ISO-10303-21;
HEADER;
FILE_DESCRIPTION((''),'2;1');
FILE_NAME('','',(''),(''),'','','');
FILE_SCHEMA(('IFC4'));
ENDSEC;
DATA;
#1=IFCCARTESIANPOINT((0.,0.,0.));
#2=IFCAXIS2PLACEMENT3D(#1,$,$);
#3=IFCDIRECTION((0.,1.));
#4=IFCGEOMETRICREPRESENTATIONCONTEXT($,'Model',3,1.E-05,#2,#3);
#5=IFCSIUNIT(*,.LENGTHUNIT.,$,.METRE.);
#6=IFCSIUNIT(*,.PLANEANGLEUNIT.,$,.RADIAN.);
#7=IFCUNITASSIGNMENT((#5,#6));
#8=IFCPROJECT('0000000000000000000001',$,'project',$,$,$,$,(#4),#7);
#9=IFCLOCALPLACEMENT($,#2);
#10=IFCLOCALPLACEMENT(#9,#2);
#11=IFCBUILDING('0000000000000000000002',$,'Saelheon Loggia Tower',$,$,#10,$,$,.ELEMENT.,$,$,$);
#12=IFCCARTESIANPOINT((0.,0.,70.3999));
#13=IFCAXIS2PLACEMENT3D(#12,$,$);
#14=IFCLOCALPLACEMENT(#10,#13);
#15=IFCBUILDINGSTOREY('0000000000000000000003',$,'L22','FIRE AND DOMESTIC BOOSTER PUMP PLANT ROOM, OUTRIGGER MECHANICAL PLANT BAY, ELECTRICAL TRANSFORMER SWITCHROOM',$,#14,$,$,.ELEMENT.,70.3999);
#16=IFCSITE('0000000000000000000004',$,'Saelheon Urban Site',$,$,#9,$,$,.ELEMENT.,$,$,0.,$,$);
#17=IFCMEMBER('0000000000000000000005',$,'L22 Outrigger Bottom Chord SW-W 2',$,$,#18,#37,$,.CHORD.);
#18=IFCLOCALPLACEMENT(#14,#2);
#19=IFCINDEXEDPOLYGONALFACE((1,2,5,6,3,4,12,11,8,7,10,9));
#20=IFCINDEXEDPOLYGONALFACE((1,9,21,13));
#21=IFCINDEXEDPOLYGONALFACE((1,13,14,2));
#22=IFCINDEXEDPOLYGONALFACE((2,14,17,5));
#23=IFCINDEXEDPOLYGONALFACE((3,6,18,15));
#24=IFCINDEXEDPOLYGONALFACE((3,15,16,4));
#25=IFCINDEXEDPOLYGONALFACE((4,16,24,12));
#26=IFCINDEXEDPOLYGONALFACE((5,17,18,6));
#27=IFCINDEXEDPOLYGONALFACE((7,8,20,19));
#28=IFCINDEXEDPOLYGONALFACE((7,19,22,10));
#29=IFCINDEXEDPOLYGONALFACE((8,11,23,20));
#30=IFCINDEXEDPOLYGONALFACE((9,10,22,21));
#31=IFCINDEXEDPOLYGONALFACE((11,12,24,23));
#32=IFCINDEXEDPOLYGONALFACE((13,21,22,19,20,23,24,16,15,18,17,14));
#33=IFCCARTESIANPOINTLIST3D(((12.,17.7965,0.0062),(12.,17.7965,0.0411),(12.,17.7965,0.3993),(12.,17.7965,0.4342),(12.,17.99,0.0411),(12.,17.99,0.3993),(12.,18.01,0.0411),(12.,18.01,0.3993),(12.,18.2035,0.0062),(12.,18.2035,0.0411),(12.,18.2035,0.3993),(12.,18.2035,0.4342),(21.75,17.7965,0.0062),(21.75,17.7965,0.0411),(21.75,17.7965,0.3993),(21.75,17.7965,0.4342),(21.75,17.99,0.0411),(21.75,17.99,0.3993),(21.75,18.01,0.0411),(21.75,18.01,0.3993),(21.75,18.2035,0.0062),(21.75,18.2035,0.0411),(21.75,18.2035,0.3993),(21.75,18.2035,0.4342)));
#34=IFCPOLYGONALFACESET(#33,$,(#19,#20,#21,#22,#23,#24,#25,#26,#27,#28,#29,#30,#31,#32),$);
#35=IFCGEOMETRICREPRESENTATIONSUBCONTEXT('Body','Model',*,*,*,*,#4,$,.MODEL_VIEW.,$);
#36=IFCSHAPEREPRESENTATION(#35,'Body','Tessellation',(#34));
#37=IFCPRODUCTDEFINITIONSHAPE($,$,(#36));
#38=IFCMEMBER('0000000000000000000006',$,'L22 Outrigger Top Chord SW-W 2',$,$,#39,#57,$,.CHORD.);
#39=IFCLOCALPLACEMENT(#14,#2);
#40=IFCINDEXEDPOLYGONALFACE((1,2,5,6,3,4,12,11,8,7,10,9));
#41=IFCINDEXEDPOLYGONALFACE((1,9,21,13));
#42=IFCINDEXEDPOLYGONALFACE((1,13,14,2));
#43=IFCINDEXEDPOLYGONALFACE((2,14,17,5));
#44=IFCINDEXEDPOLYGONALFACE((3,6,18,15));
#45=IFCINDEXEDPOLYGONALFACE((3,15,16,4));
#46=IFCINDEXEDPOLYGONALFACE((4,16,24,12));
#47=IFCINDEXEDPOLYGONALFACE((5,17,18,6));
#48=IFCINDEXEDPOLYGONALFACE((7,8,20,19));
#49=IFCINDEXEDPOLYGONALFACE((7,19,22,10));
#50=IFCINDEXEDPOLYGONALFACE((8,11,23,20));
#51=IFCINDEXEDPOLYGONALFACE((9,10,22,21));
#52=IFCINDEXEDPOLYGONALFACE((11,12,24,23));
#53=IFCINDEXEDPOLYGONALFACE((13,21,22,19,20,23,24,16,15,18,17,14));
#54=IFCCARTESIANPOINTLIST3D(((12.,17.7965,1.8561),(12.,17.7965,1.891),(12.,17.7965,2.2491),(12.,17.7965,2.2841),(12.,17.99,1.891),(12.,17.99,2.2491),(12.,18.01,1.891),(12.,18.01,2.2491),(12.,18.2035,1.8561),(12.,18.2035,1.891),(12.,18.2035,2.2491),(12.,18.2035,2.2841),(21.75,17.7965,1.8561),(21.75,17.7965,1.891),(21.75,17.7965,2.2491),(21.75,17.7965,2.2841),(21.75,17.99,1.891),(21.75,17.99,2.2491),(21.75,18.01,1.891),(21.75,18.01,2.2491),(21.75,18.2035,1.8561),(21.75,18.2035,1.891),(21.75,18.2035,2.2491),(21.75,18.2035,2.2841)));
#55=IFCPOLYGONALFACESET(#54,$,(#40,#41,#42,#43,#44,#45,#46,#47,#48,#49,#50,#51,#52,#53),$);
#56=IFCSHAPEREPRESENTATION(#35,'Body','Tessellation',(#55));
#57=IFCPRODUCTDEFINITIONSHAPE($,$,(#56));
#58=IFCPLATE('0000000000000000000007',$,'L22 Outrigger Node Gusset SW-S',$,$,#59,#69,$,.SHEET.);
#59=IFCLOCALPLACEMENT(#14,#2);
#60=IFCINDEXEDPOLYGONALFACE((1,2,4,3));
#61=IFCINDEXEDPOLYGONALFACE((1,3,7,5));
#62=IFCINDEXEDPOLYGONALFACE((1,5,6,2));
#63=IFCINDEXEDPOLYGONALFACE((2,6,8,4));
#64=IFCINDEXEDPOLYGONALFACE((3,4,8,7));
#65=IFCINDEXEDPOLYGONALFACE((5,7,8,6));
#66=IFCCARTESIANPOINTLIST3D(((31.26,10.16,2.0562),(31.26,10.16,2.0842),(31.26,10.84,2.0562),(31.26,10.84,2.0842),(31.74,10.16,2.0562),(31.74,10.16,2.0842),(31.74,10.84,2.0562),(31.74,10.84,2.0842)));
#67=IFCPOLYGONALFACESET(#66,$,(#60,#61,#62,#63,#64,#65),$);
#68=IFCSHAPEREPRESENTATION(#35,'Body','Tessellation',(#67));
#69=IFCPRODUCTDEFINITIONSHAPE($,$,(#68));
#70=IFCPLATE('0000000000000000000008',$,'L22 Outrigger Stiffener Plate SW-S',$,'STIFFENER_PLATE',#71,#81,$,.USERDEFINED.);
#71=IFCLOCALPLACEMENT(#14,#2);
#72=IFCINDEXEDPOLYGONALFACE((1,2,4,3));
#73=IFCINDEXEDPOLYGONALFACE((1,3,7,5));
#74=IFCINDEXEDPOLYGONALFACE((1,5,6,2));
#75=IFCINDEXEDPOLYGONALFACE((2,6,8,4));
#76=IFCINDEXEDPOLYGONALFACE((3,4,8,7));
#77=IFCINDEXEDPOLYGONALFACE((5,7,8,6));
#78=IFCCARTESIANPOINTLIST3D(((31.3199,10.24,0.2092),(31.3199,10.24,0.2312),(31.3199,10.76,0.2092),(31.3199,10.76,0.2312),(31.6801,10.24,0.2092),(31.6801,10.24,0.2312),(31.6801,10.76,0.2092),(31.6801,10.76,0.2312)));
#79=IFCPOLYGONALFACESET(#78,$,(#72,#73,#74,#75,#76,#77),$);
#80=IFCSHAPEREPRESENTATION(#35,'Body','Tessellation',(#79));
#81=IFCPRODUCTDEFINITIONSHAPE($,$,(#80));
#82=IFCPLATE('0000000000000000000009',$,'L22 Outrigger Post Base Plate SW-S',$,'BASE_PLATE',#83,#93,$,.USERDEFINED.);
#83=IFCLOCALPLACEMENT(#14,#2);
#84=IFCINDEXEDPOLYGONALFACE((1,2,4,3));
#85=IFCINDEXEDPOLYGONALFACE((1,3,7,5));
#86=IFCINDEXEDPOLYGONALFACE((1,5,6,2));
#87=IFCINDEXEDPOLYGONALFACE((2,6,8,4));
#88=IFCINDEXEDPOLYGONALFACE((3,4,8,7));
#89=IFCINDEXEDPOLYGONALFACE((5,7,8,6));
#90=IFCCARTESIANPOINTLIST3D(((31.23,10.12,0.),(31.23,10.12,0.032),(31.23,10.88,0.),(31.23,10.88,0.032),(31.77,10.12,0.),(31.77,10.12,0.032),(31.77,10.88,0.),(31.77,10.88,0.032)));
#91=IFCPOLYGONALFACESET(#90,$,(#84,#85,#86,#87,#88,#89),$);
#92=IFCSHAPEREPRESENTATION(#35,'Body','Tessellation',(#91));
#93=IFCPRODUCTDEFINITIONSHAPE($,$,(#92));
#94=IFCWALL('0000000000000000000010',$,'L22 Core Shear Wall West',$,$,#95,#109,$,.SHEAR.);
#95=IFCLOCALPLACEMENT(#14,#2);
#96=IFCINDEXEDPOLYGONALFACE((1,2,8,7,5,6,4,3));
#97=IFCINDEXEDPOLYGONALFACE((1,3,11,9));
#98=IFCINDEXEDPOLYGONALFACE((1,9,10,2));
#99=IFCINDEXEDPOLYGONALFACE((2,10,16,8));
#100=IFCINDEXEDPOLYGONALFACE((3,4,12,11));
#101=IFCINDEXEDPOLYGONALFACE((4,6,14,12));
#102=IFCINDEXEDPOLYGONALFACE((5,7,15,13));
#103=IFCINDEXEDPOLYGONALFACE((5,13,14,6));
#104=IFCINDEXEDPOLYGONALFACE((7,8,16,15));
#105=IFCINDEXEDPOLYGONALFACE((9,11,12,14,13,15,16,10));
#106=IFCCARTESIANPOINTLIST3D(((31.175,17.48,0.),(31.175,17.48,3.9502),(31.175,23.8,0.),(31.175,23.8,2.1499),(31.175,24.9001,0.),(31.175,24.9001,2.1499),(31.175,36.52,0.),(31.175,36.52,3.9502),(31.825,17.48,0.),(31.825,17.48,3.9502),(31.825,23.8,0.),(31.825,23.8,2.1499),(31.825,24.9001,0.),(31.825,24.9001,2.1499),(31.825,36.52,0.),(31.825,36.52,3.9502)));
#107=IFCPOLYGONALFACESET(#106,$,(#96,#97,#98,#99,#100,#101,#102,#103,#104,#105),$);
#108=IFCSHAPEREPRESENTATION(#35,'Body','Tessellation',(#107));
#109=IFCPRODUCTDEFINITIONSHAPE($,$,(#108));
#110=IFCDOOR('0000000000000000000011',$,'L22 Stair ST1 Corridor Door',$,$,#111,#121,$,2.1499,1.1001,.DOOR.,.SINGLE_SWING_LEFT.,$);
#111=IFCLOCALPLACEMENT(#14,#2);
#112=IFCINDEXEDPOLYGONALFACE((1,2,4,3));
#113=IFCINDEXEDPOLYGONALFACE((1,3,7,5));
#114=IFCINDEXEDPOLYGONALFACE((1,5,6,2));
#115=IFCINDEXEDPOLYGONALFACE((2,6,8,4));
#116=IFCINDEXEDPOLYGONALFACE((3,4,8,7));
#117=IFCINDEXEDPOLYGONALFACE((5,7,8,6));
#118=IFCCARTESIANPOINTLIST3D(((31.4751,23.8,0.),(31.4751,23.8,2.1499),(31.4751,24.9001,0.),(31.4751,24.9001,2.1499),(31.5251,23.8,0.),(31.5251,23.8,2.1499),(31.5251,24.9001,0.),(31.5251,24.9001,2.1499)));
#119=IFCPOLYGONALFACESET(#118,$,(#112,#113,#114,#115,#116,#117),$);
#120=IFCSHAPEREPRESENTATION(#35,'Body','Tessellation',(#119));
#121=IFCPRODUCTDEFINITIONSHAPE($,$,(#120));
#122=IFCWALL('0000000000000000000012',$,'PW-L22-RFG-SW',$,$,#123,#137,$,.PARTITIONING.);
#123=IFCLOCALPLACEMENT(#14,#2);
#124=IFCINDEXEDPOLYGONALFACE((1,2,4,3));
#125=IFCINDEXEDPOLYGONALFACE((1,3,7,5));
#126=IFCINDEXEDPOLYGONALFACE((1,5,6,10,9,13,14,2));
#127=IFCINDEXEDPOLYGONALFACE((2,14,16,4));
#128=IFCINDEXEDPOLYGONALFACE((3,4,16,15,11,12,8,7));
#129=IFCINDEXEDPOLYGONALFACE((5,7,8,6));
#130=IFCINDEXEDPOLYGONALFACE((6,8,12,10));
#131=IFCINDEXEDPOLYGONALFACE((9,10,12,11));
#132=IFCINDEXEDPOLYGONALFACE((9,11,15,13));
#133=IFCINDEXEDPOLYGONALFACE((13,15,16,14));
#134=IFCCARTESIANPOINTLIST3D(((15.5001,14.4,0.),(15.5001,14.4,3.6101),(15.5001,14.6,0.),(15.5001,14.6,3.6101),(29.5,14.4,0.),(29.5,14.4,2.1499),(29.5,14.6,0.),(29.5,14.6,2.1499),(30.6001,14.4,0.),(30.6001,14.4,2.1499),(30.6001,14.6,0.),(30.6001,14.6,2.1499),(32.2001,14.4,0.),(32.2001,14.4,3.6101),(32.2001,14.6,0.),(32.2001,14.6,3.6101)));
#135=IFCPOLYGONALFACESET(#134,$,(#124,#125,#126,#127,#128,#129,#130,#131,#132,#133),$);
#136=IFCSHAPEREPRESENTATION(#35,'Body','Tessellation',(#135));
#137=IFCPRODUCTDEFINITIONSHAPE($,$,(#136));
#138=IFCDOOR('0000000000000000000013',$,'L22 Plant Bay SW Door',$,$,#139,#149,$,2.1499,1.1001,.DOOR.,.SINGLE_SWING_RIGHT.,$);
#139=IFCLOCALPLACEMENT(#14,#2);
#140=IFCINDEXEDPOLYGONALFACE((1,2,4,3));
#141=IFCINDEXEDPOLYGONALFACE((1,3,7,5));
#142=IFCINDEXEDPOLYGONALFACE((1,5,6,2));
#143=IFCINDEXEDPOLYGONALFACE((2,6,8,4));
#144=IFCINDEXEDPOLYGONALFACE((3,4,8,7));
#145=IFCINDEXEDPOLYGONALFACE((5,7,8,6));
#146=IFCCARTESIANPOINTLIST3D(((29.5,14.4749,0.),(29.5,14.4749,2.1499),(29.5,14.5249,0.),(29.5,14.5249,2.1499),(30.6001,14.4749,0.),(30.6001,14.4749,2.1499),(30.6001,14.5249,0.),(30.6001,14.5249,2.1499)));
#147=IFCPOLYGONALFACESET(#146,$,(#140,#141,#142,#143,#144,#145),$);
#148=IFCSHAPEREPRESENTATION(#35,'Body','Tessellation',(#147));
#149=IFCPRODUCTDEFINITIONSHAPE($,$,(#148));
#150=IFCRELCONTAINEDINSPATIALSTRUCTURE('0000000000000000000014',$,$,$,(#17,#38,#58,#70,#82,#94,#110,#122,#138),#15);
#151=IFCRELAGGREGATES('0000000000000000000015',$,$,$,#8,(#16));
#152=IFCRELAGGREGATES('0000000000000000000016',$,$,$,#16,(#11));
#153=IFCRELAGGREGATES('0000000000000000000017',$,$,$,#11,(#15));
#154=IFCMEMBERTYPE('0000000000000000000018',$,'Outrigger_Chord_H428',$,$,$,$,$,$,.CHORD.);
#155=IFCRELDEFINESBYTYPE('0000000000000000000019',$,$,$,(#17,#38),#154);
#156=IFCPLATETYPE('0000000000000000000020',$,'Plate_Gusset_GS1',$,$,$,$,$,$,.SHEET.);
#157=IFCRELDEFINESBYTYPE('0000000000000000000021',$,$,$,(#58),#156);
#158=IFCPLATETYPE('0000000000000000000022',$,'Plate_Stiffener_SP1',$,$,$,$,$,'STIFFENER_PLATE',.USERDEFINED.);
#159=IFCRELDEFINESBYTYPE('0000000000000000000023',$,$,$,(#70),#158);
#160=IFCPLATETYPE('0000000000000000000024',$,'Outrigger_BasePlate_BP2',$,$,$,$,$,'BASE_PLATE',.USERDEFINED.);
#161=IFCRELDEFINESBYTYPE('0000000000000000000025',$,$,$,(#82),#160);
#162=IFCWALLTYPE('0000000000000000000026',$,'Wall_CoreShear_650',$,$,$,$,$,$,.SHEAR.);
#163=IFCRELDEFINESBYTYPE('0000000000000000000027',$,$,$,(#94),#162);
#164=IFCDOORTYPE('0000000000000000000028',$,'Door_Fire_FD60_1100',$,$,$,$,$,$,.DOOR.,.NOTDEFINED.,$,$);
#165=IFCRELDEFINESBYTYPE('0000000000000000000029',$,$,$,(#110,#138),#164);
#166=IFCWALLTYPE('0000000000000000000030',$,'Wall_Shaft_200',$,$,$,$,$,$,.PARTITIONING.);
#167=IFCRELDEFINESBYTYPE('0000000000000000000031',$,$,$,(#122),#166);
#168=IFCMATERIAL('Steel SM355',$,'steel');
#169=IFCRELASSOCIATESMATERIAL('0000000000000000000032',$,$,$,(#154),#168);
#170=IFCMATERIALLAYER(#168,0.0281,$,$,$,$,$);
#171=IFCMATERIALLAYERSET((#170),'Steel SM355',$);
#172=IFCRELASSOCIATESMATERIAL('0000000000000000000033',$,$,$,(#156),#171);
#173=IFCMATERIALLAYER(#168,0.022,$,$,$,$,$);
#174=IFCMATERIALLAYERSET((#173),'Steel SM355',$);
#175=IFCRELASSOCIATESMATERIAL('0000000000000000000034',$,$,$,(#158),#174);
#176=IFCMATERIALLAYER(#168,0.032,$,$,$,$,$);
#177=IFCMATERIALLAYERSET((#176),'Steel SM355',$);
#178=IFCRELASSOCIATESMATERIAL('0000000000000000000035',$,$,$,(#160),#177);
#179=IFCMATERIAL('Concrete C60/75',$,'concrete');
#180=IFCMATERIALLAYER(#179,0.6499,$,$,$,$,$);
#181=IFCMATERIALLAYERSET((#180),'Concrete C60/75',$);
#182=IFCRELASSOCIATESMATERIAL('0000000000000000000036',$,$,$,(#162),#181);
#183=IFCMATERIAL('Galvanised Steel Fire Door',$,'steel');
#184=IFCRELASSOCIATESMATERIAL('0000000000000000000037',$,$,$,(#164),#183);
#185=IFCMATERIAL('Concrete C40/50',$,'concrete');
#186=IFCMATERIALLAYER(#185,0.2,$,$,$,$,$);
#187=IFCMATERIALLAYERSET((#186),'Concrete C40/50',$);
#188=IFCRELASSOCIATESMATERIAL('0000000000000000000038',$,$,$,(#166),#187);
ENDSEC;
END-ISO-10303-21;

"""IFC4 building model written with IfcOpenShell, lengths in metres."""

from ifc_helpers import new_model, si_unit, direction, frame, frame_2d, origin, origin_2d, place, context, subcontext, project, spatial, rectangle, i_section, extrude, source, transform, mapped, material, layer, layer_set, material_profile, profile_set, type_object, element, fill, save


model = new_model("IFC4")

# Units and contexts
model_context = context("Model", 3, precision=1e-05, world=origin(), true_north=direction((0.0, 1.0)))
body_context = subcontext(model_context, "Body", "Model", "MODEL_VIEW")
ifc_project = project(units=[si_unit("LENGTHUNIT", "METRE"), si_unit("PLANEANGLEUNIT", "RADIAN")], contexts=[model_context])

# Site, building, storey
site_placement = place(None, origin())
site = spatial("IfcSite", under=ifc_project, at=site_placement, Name="Saelheon Urban Site", CompositionType="ELEMENT", RefElevation=0.0)
building_placement = place(site_placement, origin())
building = spatial("IfcBuilding", under=site, at=building_placement, Name="Saelheon Loggia Tower", CompositionType="ELEMENT")
storey_placement = place(building_placement, frame((0.0, 0.0, 70.3999)))
storey = spatial("IfcBuildingStorey", under=building, at=storey_placement, Name="L22", Description="FIRE AND DOMESTIC BOOSTER PUMP PLANT ROOM, OUTRIGGER MECHANICAL PLANT BAY, ELECTRICAL TRANSFORMER SWITCHROOM", CompositionType="ELEMENT", Elevation=70.3999)

# Shared definitions
ifc_material_1 = material(Name="Concrete C60/75", Category="concrete")

# Shared definitions
ifc_material_2 = material(Name="Concrete C40/50", Category="concrete")

# Members
ifc_material_3 = material(Name="Steel SM355", Category="steel")
ifc_material_profile_1 = material_profile(ifc_material_3, i_section(OverallWidth=0.407, OverallDepth=0.428, WebThickness=0.02, FlangeThickness=0.0349, at=origin_2d()), Name="H-428x407x20x35")
ifc_profile_set_1 = profile_set([ifc_material_profile_1], Name="Steel SM355")
member_type_1 = type_object("IfcMemberType", Name="Outrigger_Chord_H428", PredefinedType="CHORD", material=ifc_profile_set_1)
shared_shape_1 = source(origin(), body_context, "Body", "SweptSolid", [
    extrude(i_section(OverallWidth=0.407, OverallDepth=0.428, WebThickness=0.02, FlangeThickness=0.0349, at=origin_2d()), origin(), (0.0, 0.0, 1.0), 9.75),
])
for number, where, z_axis, x_axis, name in (
    (1, (21.75, 18.0, 0.2202), (-1.0, 0.0, 0.0), (0.0, -1.0, 0.0), "L22 Outrigger Bottom Chord SW-W 2"),
    (2, (21.75, 18.0, 2.0701), (-1.0, 0.0, 0.0), (0.0, -1.0, 0.0), "L22 Outrigger Top Chord SW-W 2"),
):
    element("IfcMember", number, at=place(storey_placement, frame(where, z_axis=z_axis, x_axis=x_axis)), inside=storey, type_object=member_type_1, Name=name, PredefinedType="CHORD", context=body_context, shape_type="MappedRepresentation", body=[
        mapped(shared_shape_1, transform((0.0, 0.0, 0.0), scale=1.0)),
    ])

# Plates
ifc_layer_1 = layer(ifc_material_3, 0.0281)
ifc_layer_set_1 = layer_set([ifc_layer_1], Name="Steel SM355")
plate_type_1 = type_object("IfcPlateType", Name="Plate_Gusset_GS1", PredefinedType="SHEET", material=ifc_layer_set_1)
shared_shape_2 = source(origin(), body_context, "Body", "SweptSolid", [
    extrude(rectangle(XDim=0.6799, YDim=0.48, at=origin_2d()), origin(), (0.0, 0.0, 1.0), 0.0281),
])
plate_1_placement = place(storey_placement, frame((31.5, 10.5, 2.0562), z_axis=(0.0, 0.0, 1.0), x_axis=(0.0, 1.0, 0.0)))
element("IfcPlate", 3, at=plate_1_placement, inside=storey, type_object=plate_type_1, Name="L22 Outrigger Node Gusset SW-S", PredefinedType="SHEET", context=body_context, shape_type="MappedRepresentation", body=[
    mapped(shared_shape_2, transform((0.0, 0.0, 0.0), scale=1.0)),
])
ifc_layer_2 = layer(ifc_material_3, 0.022)
ifc_layer_set_2 = layer_set([ifc_layer_2], Name="Steel SM355")
plate_type_2 = type_object("IfcPlateType", Name="Plate_Stiffener_SP1", ElementType="STIFFENER_PLATE", PredefinedType="USERDEFINED", material=ifc_layer_set_2)
shared_shape_3 = source(origin(), body_context, "Body", "SweptSolid", [
    extrude(rectangle(XDim=0.52, YDim=0.3601, at=origin_2d()), origin(), (0.0, 0.0, 1.0), 0.022),
])
plate_2_placement = place(storey_placement, frame((31.5, 10.5, 0.2092), z_axis=(0.0, 0.0, 1.0), x_axis=(0.0, 1.0, 0.0)))
element("IfcPlate", 4, at=plate_2_placement, inside=storey, type_object=plate_type_2, Name="L22 Outrigger Stiffener Plate SW-S", ObjectType="STIFFENER_PLATE", PredefinedType="USERDEFINED", context=body_context, shape_type="MappedRepresentation", body=[
    mapped(shared_shape_3, transform((0.0, 0.0, 0.0), scale=1.0)),
])
ifc_layer_3 = layer(ifc_material_3, 0.032)
ifc_layer_set_3 = layer_set([ifc_layer_3], Name="Steel SM355")
plate_type_3 = type_object("IfcPlateType", Name="Outrigger_BasePlate_BP2", ElementType="BASE_PLATE", PredefinedType="USERDEFINED", material=ifc_layer_set_3)
shared_shape_4 = source(origin(), body_context, "Body", "SweptSolid", [
    extrude(rectangle(XDim=0.76, YDim=0.54, at=origin_2d()), origin(), (0.0, 0.0, 1.0), 0.032),
])
plate_3_placement = place(storey_placement, frame((31.5, 10.5, 0.0), z_axis=(0.0, 0.0, 1.0), x_axis=(0.0, 1.0, 0.0)))
element("IfcPlate", 5, at=plate_3_placement, inside=storey, type_object=plate_type_3, Name="L22 Outrigger Post Base Plate SW-S", ObjectType="BASE_PLATE", PredefinedType="USERDEFINED", context=body_context, shape_type="MappedRepresentation", body=[
    mapped(shared_shape_4, transform((0.0, 0.0, 0.0), scale=1.0)),
])

# Walls, openings, doors
ifc_layer_4 = layer(ifc_material_1, 0.6499)
ifc_layer_set_4 = layer_set([ifc_layer_4], Name="Concrete C60/75")
wall_type_1 = type_object("IfcWallType", Name="Wall_CoreShear_650", PredefinedType="SHEAR", material=ifc_layer_set_4)
wall_1_placement = place(storey_placement, frame((31.5, 17.48, 0.0), z_axis=(0.0, 0.0, 1.0), x_axis=(0.0, 1.0, 0.0)))
wall_1 = element("IfcWall", 6, at=wall_1_placement, inside=storey, type_object=wall_type_1, Name="L22 Core Shear Wall West", PredefinedType="SHEAR", context=body_context, shape_type="SweptSolid", body=[
    extrude(rectangle(XDim=19.04, YDim=0.6499, at=frame_2d((9.52, 0.0))), origin(), (0.0, 0.0, 1.0), 3.9502),
])
opening_1_placement = place(wall_1_placement, frame((6.3201, 0.0, 0.0)))
opening_1 = element("IfcOpeningElement", 7, at=opening_1_placement, cuts=wall_1, PredefinedType="OPENING", context=body_context, shape_type="SweptSolid", body=[
    extrude(rectangle(XDim=1.1001, YDim=2.1499, at=frame_2d((0.55, 1.075))), frame((0.0, 0.3369, 0.0), z_axis=(0.0, -1.0, 0.0), x_axis=(1.0, 0.0, 0.0)), (0.0, 0.0, 1.0), 0.6738),
])
ifc_material_4 = material(Name="Galvanised Steel Fire Door", Category="steel")
door_type = type_object("IfcDoorType", Name="Door_Fire_FD60_1100", OperationType="NOTDEFINED", PredefinedType="DOOR", material=ifc_material_4)
shared_shape_5 = source(origin(), body_context, "Body", "SweptSolid", [
    extrude(rectangle(XDim=1.1001, YDim=2.1499, at=frame_2d((0.55, 1.075))), frame((0.0, 0.0249, 0.0), z_axis=(0.0, -1.0, 0.0), x_axis=(1.0, 0.0, 0.0)), (0.0, 0.0, 1.0), 0.05),
])
door_1_placement = place(opening_1_placement, origin())
door_1 = element("IfcDoor", 8, at=door_1_placement, inside=storey, type_object=door_type, Name="L22 Stair ST1 Corridor Door", OperationType="SINGLE_SWING_LEFT", OverallHeight=2.1499, OverallWidth=1.1001, PredefinedType="DOOR", context=body_context, shape_type="MappedRepresentation", body=[
    mapped(shared_shape_5, transform((0.0, 0.0, 0.0), scale=1.0)),
])
fill(opening_1, door_1)
ifc_layer_5 = layer(ifc_material_2, 0.2)
ifc_layer_set_5 = layer_set([ifc_layer_5], Name="Concrete C40/50")
wall_type_2 = type_object("IfcWallType", Name="Wall_Shaft_200", PredefinedType="PARTITIONING", material=ifc_layer_set_5)
wall_2_placement = place(storey_placement, frame((15.5, 14.5, 0.0), z_axis=(0.0, 0.0, 1.0), x_axis=(1.0, 0.0, 0.0)))
wall_2 = element("IfcWall", 9, at=wall_2_placement, inside=storey, type_object=wall_type_2, Name="PW-L22-RFG-SW", PredefinedType="PARTITIONING", context=body_context, shape_type="SweptSolid", body=[
    extrude(rectangle(XDim=16.7, YDim=0.2, at=frame_2d((8.3501, 0.0))), origin(), (0.0, 0.0, 1.0), 3.6101),
])
opening_2_placement = place(wall_2_placement, frame((14.0, 0.0, 0.0)))
opening_2 = element("IfcOpeningElement", 10, at=opening_2_placement, cuts=wall_2, PredefinedType="OPENING", context=body_context, shape_type="SweptSolid", body=[
    extrude(rectangle(XDim=1.1001, YDim=2.1499, at=frame_2d((0.55, 1.075))), frame((0.0, 0.1121, 0.0), z_axis=(0.0, -1.0, 0.0), x_axis=(1.0, 0.0, 0.0)), (0.0, 0.0, 1.0), 0.2239),
])
door_2_placement = place(opening_2_placement, origin())
door_2 = element("IfcDoor", 11, at=door_2_placement, inside=storey, type_object=door_type, Name="L22 Plant Bay SW Door", OperationType="SINGLE_SWING_RIGHT", OverallHeight=2.1499, OverallWidth=1.1001, PredefinedType="DOOR", context=body_context, shape_type="MappedRepresentation", body=[
    mapped(shared_shape_5, transform((0.0, 0.0, 0.0), scale=1.0)),
])
fill(opening_2, door_2)

save(model, "model.ifc")
